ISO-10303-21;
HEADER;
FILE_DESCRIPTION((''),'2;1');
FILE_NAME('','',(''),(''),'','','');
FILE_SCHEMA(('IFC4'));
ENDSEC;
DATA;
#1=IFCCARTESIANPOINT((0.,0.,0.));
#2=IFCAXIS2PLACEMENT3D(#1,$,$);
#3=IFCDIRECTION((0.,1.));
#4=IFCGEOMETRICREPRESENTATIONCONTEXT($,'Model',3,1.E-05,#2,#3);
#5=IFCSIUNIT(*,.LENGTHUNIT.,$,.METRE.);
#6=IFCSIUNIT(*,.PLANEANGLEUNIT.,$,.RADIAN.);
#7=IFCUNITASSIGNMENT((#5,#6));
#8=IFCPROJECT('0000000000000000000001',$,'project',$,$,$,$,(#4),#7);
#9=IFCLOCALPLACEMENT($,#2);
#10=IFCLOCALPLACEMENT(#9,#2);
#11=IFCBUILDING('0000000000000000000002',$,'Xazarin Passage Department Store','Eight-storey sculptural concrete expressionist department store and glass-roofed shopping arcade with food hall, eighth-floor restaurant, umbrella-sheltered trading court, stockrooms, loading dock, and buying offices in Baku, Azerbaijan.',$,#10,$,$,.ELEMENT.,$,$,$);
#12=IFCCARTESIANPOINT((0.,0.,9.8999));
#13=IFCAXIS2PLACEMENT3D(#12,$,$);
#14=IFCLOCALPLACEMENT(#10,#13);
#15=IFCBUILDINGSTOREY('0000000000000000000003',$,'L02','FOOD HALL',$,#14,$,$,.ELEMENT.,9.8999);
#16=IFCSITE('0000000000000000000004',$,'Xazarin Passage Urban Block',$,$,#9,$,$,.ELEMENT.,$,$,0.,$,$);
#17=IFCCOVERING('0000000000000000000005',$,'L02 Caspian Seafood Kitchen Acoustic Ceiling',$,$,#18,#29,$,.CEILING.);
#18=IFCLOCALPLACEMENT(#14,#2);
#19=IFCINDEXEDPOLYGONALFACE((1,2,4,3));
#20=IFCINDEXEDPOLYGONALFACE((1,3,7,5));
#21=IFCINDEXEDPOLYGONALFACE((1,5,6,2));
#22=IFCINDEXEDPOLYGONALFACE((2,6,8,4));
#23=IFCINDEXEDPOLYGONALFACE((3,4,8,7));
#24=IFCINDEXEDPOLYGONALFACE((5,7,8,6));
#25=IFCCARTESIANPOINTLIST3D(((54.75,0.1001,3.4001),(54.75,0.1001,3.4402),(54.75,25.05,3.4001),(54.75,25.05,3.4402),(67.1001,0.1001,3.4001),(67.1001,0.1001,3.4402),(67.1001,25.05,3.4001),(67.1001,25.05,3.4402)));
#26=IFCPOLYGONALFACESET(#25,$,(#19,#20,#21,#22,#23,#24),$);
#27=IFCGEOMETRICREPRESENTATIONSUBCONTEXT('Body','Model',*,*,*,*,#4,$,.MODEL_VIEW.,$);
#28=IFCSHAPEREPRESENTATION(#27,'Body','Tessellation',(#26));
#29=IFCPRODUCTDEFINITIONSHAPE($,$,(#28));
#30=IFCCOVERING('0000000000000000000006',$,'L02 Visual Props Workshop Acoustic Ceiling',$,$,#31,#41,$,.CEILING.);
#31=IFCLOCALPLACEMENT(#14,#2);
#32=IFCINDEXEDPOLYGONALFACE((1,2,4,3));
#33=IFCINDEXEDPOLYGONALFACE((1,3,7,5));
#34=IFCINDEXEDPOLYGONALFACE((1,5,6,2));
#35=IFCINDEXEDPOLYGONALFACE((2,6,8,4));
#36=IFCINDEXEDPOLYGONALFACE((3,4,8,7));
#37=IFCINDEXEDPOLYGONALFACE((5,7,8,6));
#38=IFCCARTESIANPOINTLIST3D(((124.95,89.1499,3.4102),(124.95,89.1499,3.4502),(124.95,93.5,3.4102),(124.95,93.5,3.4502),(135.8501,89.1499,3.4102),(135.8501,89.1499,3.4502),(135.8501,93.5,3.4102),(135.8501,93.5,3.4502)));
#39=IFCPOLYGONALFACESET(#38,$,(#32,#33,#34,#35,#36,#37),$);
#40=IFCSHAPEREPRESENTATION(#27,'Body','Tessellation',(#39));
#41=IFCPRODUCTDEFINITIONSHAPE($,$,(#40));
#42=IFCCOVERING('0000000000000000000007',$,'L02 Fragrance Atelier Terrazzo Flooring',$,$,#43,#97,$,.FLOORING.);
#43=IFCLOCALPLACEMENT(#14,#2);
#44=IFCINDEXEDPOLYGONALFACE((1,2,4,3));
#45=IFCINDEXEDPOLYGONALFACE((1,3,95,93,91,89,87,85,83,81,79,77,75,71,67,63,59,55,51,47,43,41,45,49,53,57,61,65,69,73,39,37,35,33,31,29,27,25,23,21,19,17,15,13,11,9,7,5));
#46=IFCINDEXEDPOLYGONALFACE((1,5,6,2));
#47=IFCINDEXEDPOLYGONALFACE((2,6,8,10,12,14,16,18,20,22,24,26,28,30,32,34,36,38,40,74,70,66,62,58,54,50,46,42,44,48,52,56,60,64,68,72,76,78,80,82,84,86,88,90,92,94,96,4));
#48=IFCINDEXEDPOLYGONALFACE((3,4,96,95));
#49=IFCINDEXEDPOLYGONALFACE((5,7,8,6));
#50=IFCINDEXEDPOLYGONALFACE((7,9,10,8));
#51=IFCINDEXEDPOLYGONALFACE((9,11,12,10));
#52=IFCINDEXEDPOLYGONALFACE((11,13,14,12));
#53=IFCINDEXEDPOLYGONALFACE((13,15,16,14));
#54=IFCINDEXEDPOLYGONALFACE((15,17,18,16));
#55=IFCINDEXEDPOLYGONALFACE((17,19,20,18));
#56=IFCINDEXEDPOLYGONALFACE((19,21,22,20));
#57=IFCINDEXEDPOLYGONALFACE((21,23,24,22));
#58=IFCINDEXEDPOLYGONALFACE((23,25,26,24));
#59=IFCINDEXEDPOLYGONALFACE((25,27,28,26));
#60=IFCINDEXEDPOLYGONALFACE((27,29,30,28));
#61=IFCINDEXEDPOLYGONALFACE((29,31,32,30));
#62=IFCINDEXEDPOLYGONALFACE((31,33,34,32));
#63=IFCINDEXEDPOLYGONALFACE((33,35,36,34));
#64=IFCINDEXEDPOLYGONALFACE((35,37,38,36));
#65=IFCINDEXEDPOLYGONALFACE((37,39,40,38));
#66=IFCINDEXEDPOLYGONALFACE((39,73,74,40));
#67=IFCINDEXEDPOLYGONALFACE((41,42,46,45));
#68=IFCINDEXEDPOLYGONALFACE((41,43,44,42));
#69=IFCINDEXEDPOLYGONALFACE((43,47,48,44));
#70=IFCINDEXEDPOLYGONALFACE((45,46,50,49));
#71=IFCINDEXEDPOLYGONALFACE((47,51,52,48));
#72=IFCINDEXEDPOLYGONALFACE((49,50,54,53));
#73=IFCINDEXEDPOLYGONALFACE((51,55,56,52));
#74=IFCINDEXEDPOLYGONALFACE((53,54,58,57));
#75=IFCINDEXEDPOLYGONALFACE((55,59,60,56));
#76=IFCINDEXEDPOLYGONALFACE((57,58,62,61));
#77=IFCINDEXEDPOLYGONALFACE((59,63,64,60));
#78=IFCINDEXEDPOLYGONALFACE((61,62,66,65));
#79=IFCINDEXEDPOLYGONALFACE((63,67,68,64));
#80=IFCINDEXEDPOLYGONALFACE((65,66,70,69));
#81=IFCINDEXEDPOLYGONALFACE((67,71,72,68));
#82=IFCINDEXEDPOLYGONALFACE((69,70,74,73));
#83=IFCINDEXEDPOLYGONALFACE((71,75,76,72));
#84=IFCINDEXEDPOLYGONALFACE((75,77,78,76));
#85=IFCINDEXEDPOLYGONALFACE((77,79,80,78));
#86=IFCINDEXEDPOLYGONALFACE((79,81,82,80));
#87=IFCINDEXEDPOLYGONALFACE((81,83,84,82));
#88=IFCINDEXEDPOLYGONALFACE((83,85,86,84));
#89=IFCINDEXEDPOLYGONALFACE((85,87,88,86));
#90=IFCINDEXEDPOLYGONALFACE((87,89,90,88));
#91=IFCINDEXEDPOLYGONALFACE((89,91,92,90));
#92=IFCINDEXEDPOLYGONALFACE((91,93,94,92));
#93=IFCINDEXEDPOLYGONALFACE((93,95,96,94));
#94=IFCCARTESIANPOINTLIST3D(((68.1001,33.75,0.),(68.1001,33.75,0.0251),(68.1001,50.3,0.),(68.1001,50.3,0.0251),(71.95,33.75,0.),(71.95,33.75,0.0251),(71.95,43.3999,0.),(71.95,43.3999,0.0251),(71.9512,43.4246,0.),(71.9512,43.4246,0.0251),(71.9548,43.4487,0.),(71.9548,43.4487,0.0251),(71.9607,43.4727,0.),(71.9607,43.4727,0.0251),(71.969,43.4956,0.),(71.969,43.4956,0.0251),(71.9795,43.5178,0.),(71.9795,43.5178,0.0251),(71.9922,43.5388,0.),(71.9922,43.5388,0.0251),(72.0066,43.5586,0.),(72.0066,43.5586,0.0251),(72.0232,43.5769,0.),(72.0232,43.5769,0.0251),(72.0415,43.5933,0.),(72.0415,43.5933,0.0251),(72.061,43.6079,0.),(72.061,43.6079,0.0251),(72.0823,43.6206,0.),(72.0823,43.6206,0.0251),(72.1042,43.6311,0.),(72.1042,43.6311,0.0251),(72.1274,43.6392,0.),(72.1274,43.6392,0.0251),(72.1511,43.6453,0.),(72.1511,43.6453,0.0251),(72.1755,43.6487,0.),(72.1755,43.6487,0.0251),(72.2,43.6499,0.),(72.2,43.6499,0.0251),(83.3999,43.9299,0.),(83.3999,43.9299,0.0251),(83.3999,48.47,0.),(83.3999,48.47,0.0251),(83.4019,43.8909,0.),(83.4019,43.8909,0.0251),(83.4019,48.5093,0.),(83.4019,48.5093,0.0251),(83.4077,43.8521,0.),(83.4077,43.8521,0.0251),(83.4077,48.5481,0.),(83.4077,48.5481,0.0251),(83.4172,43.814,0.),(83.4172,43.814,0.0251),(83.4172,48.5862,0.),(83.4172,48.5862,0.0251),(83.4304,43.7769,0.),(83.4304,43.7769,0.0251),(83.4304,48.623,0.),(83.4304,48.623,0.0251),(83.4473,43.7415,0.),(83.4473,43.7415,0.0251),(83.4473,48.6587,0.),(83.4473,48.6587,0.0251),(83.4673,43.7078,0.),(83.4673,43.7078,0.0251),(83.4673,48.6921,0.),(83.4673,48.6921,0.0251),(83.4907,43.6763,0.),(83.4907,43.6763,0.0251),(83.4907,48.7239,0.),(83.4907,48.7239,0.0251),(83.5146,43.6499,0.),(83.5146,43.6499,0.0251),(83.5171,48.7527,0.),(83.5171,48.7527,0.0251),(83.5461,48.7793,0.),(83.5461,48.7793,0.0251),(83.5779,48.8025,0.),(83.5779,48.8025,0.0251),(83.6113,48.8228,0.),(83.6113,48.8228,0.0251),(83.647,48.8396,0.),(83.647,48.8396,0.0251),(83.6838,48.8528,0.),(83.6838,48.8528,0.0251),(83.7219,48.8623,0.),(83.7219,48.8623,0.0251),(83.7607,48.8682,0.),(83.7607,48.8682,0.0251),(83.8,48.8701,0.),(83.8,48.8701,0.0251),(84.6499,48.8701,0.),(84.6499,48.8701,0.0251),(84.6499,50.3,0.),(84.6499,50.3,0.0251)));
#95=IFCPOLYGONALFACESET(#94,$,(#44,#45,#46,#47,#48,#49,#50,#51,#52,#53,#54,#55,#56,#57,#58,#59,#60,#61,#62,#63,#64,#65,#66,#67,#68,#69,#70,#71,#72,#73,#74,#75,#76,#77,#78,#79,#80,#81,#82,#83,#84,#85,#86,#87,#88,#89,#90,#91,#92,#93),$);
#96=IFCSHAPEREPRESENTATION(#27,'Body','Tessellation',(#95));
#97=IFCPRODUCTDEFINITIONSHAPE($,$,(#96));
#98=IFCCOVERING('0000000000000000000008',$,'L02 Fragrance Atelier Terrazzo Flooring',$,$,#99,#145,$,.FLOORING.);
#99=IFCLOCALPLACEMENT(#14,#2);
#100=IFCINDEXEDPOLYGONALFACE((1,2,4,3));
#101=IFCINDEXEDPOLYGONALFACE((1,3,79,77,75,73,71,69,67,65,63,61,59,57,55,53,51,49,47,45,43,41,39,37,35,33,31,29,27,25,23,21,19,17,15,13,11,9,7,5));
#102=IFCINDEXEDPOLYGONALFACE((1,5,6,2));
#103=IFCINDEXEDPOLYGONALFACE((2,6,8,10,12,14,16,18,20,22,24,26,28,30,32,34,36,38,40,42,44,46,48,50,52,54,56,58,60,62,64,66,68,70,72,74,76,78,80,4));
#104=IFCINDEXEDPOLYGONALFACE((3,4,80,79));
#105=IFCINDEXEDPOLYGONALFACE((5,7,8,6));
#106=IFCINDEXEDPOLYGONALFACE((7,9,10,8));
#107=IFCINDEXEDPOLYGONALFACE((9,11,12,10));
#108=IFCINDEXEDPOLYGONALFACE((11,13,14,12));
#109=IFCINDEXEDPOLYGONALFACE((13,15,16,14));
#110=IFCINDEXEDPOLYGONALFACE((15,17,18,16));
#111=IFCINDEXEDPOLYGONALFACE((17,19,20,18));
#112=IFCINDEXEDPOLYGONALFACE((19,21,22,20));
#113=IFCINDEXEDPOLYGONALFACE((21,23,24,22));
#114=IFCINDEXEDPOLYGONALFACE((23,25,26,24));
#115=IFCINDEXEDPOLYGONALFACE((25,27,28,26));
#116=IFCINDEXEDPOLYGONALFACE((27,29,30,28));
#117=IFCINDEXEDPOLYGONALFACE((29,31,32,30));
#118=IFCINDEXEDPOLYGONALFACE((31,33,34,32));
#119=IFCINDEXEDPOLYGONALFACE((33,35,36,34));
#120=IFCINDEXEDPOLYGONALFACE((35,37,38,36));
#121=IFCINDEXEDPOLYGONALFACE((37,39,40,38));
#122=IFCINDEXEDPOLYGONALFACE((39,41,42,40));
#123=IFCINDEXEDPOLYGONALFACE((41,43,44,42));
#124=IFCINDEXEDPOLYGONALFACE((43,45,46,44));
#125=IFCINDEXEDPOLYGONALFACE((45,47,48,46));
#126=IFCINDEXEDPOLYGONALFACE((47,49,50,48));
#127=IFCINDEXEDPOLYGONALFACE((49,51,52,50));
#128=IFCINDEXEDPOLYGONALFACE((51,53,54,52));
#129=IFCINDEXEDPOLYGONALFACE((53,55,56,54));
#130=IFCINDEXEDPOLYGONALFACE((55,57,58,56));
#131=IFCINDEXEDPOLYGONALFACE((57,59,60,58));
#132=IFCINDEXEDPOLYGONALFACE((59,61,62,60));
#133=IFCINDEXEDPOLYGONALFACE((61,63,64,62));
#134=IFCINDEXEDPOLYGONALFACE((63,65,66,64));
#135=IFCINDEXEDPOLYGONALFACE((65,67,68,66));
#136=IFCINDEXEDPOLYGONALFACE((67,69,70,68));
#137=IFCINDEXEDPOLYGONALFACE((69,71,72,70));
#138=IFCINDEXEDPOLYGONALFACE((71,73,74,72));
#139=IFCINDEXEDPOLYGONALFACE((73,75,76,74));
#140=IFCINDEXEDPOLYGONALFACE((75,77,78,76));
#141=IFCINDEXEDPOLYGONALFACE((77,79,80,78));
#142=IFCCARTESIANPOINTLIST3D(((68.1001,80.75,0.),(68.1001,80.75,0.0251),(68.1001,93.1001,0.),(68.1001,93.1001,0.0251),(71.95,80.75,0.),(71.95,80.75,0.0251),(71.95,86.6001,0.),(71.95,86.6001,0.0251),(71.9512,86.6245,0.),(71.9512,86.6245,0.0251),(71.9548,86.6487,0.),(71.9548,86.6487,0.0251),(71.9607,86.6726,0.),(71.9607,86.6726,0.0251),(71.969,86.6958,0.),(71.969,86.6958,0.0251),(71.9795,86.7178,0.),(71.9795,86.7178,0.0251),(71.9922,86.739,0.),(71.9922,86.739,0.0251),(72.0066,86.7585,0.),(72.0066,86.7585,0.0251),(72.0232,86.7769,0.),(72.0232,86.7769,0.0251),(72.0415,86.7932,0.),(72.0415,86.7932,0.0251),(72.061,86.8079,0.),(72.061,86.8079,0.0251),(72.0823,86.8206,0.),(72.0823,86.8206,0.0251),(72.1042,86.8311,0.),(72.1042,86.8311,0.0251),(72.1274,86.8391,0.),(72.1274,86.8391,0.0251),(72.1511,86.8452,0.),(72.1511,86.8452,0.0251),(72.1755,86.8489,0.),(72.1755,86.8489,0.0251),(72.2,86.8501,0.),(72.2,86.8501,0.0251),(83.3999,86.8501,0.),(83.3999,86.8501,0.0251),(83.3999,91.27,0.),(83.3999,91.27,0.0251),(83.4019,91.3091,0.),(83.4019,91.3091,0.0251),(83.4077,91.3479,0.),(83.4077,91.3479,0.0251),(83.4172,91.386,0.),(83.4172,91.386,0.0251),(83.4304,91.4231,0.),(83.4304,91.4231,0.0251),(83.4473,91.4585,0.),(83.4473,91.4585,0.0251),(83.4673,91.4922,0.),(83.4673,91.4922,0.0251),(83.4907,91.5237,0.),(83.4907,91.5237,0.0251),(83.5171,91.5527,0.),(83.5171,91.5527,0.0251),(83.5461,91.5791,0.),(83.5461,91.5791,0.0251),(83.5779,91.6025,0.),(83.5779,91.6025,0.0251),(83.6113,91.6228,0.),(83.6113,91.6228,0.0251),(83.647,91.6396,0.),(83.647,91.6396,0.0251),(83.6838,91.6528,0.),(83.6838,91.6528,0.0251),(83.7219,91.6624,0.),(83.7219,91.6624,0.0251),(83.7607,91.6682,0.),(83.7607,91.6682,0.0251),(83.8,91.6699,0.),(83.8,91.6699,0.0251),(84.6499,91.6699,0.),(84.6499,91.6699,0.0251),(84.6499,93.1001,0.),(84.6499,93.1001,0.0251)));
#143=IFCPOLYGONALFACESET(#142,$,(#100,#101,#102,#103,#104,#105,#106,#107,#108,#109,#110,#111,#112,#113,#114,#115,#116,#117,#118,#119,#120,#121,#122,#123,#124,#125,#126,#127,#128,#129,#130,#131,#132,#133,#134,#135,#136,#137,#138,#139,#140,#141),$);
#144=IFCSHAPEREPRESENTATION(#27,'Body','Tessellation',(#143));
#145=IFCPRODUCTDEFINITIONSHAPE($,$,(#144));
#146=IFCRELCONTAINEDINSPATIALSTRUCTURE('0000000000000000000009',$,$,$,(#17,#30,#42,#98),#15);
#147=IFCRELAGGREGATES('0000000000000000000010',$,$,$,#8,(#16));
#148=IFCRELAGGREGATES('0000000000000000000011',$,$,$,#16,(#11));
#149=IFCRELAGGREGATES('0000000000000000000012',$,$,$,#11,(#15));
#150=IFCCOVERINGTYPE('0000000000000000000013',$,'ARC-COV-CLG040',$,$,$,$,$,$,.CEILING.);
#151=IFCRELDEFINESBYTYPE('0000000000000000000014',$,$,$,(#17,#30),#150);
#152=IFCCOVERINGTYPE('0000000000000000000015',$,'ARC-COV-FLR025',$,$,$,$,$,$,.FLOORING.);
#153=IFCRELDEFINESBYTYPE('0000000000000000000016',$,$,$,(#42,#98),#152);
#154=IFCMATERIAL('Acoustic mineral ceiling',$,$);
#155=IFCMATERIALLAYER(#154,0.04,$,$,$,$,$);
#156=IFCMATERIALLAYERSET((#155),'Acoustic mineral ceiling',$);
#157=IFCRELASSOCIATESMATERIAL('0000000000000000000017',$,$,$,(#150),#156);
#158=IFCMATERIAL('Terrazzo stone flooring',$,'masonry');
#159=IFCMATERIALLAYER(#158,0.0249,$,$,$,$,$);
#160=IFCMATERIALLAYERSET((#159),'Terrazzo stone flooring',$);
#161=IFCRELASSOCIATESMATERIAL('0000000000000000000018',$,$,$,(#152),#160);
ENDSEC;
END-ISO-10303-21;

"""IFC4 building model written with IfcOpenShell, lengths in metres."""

from ifc_helpers import new_model, si_unit, direction, frame, origin, place, context, subcontext, project, spatial, polyline, outline, extrude, material, layer, layer_set, type_object, element, save


model = new_model("IFC4")

# Units and contexts
model_context = context("Model", 3, precision=1e-05, world=origin(), true_north=direction((0.0, 1.0)))
body_context = subcontext(model_context, "Body", "Model", "MODEL_VIEW")
ifc_project = project(units=[si_unit("LENGTHUNIT", "METRE"), si_unit("PLANEANGLEUNIT", "RADIAN")], contexts=[model_context])

# Site, building, storey
site_placement = place(None, origin())
site = spatial("IfcSite", under=ifc_project, at=site_placement, Name="Xazarin Passage Urban Block", CompositionType="ELEMENT", RefElevation=0.0)
building_placement = place(site_placement, origin())
building = spatial("IfcBuilding", under=site, at=building_placement, Name="Xazarin Passage Department Store", Description="Eight-storey sculptural concrete expressionist department store and glass-roofed shopping arcade with food hall, eighth-floor restaurant, umbrella-sheltered trading court, stockrooms, loading dock, and buying offices in Baku, Azerbaijan.", CompositionType="ELEMENT")
storey_placement = place(building_placement, frame((0.0, 0.0, 9.8999)))
storey = spatial("IfcBuildingStorey", under=building, at=storey_placement, Name="L02", Description="FOOD HALL", CompositionType="ELEMENT", Elevation=9.8999)

# Coverings
ifc_material_1 = material(Name="Acoustic mineral ceiling")
ifc_layer_1 = layer(ifc_material_1, 0.04)
ifc_layer_set_1 = layer_set([ifc_layer_1], Name="Acoustic mineral ceiling")
covering_type_1 = type_object("IfcCoveringType", Name="ARC-COV-CLG040", PredefinedType="CEILING", material=ifc_layer_set_1)
covering_1_placement = place(storey_placement, frame((0.0, 0.0, 3.4001)))
element("IfcCovering", 1, at=covering_1_placement, inside=storey, type_object=covering_type_1, Name="L02 Caspian Seafood Kitchen Acoustic Ceiling", PredefinedType="CEILING", context=body_context, shape_type="SweptSolid", body=[
    extrude(outline(polyline([(54.75, 0.1001), (67.1001, 0.1001), (67.1001, 25.05), (54.75, 25.05), (54.75, 0.1001)])), origin(), (0.0, 0.0, 1.0), 0.04),
])
covering_2_placement = place(storey_placement, frame((0.0, 0.0, 3.4102)))
element("IfcCovering", 2, at=covering_2_placement, inside=storey, type_object=covering_type_1, Name="L02 Visual Props Workshop Acoustic Ceiling", PredefinedType="CEILING", context=body_context, shape_type="SweptSolid", body=[
    extrude(outline(polyline([(135.8501, 93.5), (124.95, 93.5), (124.95, 89.1499), (135.8501, 89.1499), (135.8501, 93.5)])), origin(), (0.0, 0.0, 1.0), 0.04),
])
ifc_material_2 = material(Name="Terrazzo stone flooring", Category="masonry")
ifc_layer_2 = layer(ifc_material_2, 0.0249)
ifc_layer_set_2 = layer_set([ifc_layer_2], Name="Terrazzo stone flooring")
covering_type_2 = type_object("IfcCoveringType", Name="ARC-COV-FLR025", PredefinedType="FLOORING", material=ifc_layer_set_2)
covering_3_placement = place(storey_placement, origin())
element("IfcCovering", 3, at=covering_3_placement, inside=storey, type_object=covering_type_2, Name="L02 Fragrance Atelier Terrazzo Flooring", PredefinedType="FLOORING", context=body_context, shape_type="SweptSolid", body=[
    extrude(outline(polyline([(83.5146, 43.6499), (83.4907, 43.6763), (83.4673, 43.7078), (83.4473, 43.7415), (83.4304, 43.7769), (83.4172, 43.814), (83.4077, 43.8521), (83.4019, 43.8909), (83.3999, 43.9299), (83.3999, 48.47), (83.4019, 48.5093), (83.4077, 48.5481), (83.4172, 48.5862), (83.4304, 48.623), (83.4473, 48.6587), (83.4673, 48.6921), (83.4907, 48.7239), (83.5171, 48.7527), (83.5461, 48.7793), (83.5779, 48.8025), (83.6113, 48.8228), (83.647, 48.8396), (83.6838, 48.8528), (83.7219, 48.8623), (83.7607, 48.8682), (83.8, 48.8701), (84.6499, 48.8701), (84.6499, 50.3), (68.1001, 50.3), (68.1001, 33.75), (71.95, 33.75), (71.95, 43.3999), (71.9512, 43.4246), (71.9548, 43.4487), (71.9607, 43.4727), (71.969, 43.4956), (71.9795, 43.5178), (71.9922, 43.5388), (72.0066, 43.5586), (72.0232, 43.5769), (72.0415, 43.5933), (72.061, 43.6079), (72.0823, 43.6206), (72.1042, 43.6311), (72.1274, 43.6392), (72.1511, 43.6453), (72.1755, 43.6487), (72.2, 43.6499), (83.5146, 43.6499)])), origin(), (0.0, 0.0, 1.0), 0.0251),
])
covering_4_placement = place(storey_placement, origin())
element("IfcCovering", 4, at=covering_4_placement, inside=storey, type_object=covering_type_2, Name="L02 Fragrance Atelier Terrazzo Flooring", PredefinedType="FLOORING", context=body_context, shape_type="SweptSolid", body=[
    extrude(outline(polyline([(83.3999, 86.8501), (83.3999, 91.27), (83.4019, 91.3091), (83.4077, 91.3479), (83.4172, 91.386), (83.4304, 91.4231), (83.4473, 91.4585), (83.4673, 91.4922), (83.4907, 91.5237), (83.5171, 91.5527), (83.5461, 91.5791), (83.5779, 91.6025), (83.6113, 91.6228), (83.647, 91.6396), (83.6838, 91.6528), (83.7219, 91.6624), (83.7607, 91.6682), (83.8, 91.6699), (84.6499, 91.6699), (84.6499, 93.1001), (68.1001, 93.1001), (68.1001, 80.75), (71.95, 80.75), (71.95, 86.6001), (71.9512, 86.6245), (71.9548, 86.6487), (71.9607, 86.6726), (71.969, 86.6958), (71.9795, 86.7178), (71.9922, 86.739), (72.0066, 86.7585), (72.0232, 86.7769), (72.0415, 86.7932), (72.061, 86.8079), (72.0823, 86.8206), (72.1042, 86.8311), (72.1274, 86.8391), (72.1511, 86.8452), (72.1755, 86.8489), (72.2, 86.8501), (83.3999, 86.8501)])), origin(), (0.0, 0.0, 1.0), 0.0251),
])

save(model, "model.ifc")
